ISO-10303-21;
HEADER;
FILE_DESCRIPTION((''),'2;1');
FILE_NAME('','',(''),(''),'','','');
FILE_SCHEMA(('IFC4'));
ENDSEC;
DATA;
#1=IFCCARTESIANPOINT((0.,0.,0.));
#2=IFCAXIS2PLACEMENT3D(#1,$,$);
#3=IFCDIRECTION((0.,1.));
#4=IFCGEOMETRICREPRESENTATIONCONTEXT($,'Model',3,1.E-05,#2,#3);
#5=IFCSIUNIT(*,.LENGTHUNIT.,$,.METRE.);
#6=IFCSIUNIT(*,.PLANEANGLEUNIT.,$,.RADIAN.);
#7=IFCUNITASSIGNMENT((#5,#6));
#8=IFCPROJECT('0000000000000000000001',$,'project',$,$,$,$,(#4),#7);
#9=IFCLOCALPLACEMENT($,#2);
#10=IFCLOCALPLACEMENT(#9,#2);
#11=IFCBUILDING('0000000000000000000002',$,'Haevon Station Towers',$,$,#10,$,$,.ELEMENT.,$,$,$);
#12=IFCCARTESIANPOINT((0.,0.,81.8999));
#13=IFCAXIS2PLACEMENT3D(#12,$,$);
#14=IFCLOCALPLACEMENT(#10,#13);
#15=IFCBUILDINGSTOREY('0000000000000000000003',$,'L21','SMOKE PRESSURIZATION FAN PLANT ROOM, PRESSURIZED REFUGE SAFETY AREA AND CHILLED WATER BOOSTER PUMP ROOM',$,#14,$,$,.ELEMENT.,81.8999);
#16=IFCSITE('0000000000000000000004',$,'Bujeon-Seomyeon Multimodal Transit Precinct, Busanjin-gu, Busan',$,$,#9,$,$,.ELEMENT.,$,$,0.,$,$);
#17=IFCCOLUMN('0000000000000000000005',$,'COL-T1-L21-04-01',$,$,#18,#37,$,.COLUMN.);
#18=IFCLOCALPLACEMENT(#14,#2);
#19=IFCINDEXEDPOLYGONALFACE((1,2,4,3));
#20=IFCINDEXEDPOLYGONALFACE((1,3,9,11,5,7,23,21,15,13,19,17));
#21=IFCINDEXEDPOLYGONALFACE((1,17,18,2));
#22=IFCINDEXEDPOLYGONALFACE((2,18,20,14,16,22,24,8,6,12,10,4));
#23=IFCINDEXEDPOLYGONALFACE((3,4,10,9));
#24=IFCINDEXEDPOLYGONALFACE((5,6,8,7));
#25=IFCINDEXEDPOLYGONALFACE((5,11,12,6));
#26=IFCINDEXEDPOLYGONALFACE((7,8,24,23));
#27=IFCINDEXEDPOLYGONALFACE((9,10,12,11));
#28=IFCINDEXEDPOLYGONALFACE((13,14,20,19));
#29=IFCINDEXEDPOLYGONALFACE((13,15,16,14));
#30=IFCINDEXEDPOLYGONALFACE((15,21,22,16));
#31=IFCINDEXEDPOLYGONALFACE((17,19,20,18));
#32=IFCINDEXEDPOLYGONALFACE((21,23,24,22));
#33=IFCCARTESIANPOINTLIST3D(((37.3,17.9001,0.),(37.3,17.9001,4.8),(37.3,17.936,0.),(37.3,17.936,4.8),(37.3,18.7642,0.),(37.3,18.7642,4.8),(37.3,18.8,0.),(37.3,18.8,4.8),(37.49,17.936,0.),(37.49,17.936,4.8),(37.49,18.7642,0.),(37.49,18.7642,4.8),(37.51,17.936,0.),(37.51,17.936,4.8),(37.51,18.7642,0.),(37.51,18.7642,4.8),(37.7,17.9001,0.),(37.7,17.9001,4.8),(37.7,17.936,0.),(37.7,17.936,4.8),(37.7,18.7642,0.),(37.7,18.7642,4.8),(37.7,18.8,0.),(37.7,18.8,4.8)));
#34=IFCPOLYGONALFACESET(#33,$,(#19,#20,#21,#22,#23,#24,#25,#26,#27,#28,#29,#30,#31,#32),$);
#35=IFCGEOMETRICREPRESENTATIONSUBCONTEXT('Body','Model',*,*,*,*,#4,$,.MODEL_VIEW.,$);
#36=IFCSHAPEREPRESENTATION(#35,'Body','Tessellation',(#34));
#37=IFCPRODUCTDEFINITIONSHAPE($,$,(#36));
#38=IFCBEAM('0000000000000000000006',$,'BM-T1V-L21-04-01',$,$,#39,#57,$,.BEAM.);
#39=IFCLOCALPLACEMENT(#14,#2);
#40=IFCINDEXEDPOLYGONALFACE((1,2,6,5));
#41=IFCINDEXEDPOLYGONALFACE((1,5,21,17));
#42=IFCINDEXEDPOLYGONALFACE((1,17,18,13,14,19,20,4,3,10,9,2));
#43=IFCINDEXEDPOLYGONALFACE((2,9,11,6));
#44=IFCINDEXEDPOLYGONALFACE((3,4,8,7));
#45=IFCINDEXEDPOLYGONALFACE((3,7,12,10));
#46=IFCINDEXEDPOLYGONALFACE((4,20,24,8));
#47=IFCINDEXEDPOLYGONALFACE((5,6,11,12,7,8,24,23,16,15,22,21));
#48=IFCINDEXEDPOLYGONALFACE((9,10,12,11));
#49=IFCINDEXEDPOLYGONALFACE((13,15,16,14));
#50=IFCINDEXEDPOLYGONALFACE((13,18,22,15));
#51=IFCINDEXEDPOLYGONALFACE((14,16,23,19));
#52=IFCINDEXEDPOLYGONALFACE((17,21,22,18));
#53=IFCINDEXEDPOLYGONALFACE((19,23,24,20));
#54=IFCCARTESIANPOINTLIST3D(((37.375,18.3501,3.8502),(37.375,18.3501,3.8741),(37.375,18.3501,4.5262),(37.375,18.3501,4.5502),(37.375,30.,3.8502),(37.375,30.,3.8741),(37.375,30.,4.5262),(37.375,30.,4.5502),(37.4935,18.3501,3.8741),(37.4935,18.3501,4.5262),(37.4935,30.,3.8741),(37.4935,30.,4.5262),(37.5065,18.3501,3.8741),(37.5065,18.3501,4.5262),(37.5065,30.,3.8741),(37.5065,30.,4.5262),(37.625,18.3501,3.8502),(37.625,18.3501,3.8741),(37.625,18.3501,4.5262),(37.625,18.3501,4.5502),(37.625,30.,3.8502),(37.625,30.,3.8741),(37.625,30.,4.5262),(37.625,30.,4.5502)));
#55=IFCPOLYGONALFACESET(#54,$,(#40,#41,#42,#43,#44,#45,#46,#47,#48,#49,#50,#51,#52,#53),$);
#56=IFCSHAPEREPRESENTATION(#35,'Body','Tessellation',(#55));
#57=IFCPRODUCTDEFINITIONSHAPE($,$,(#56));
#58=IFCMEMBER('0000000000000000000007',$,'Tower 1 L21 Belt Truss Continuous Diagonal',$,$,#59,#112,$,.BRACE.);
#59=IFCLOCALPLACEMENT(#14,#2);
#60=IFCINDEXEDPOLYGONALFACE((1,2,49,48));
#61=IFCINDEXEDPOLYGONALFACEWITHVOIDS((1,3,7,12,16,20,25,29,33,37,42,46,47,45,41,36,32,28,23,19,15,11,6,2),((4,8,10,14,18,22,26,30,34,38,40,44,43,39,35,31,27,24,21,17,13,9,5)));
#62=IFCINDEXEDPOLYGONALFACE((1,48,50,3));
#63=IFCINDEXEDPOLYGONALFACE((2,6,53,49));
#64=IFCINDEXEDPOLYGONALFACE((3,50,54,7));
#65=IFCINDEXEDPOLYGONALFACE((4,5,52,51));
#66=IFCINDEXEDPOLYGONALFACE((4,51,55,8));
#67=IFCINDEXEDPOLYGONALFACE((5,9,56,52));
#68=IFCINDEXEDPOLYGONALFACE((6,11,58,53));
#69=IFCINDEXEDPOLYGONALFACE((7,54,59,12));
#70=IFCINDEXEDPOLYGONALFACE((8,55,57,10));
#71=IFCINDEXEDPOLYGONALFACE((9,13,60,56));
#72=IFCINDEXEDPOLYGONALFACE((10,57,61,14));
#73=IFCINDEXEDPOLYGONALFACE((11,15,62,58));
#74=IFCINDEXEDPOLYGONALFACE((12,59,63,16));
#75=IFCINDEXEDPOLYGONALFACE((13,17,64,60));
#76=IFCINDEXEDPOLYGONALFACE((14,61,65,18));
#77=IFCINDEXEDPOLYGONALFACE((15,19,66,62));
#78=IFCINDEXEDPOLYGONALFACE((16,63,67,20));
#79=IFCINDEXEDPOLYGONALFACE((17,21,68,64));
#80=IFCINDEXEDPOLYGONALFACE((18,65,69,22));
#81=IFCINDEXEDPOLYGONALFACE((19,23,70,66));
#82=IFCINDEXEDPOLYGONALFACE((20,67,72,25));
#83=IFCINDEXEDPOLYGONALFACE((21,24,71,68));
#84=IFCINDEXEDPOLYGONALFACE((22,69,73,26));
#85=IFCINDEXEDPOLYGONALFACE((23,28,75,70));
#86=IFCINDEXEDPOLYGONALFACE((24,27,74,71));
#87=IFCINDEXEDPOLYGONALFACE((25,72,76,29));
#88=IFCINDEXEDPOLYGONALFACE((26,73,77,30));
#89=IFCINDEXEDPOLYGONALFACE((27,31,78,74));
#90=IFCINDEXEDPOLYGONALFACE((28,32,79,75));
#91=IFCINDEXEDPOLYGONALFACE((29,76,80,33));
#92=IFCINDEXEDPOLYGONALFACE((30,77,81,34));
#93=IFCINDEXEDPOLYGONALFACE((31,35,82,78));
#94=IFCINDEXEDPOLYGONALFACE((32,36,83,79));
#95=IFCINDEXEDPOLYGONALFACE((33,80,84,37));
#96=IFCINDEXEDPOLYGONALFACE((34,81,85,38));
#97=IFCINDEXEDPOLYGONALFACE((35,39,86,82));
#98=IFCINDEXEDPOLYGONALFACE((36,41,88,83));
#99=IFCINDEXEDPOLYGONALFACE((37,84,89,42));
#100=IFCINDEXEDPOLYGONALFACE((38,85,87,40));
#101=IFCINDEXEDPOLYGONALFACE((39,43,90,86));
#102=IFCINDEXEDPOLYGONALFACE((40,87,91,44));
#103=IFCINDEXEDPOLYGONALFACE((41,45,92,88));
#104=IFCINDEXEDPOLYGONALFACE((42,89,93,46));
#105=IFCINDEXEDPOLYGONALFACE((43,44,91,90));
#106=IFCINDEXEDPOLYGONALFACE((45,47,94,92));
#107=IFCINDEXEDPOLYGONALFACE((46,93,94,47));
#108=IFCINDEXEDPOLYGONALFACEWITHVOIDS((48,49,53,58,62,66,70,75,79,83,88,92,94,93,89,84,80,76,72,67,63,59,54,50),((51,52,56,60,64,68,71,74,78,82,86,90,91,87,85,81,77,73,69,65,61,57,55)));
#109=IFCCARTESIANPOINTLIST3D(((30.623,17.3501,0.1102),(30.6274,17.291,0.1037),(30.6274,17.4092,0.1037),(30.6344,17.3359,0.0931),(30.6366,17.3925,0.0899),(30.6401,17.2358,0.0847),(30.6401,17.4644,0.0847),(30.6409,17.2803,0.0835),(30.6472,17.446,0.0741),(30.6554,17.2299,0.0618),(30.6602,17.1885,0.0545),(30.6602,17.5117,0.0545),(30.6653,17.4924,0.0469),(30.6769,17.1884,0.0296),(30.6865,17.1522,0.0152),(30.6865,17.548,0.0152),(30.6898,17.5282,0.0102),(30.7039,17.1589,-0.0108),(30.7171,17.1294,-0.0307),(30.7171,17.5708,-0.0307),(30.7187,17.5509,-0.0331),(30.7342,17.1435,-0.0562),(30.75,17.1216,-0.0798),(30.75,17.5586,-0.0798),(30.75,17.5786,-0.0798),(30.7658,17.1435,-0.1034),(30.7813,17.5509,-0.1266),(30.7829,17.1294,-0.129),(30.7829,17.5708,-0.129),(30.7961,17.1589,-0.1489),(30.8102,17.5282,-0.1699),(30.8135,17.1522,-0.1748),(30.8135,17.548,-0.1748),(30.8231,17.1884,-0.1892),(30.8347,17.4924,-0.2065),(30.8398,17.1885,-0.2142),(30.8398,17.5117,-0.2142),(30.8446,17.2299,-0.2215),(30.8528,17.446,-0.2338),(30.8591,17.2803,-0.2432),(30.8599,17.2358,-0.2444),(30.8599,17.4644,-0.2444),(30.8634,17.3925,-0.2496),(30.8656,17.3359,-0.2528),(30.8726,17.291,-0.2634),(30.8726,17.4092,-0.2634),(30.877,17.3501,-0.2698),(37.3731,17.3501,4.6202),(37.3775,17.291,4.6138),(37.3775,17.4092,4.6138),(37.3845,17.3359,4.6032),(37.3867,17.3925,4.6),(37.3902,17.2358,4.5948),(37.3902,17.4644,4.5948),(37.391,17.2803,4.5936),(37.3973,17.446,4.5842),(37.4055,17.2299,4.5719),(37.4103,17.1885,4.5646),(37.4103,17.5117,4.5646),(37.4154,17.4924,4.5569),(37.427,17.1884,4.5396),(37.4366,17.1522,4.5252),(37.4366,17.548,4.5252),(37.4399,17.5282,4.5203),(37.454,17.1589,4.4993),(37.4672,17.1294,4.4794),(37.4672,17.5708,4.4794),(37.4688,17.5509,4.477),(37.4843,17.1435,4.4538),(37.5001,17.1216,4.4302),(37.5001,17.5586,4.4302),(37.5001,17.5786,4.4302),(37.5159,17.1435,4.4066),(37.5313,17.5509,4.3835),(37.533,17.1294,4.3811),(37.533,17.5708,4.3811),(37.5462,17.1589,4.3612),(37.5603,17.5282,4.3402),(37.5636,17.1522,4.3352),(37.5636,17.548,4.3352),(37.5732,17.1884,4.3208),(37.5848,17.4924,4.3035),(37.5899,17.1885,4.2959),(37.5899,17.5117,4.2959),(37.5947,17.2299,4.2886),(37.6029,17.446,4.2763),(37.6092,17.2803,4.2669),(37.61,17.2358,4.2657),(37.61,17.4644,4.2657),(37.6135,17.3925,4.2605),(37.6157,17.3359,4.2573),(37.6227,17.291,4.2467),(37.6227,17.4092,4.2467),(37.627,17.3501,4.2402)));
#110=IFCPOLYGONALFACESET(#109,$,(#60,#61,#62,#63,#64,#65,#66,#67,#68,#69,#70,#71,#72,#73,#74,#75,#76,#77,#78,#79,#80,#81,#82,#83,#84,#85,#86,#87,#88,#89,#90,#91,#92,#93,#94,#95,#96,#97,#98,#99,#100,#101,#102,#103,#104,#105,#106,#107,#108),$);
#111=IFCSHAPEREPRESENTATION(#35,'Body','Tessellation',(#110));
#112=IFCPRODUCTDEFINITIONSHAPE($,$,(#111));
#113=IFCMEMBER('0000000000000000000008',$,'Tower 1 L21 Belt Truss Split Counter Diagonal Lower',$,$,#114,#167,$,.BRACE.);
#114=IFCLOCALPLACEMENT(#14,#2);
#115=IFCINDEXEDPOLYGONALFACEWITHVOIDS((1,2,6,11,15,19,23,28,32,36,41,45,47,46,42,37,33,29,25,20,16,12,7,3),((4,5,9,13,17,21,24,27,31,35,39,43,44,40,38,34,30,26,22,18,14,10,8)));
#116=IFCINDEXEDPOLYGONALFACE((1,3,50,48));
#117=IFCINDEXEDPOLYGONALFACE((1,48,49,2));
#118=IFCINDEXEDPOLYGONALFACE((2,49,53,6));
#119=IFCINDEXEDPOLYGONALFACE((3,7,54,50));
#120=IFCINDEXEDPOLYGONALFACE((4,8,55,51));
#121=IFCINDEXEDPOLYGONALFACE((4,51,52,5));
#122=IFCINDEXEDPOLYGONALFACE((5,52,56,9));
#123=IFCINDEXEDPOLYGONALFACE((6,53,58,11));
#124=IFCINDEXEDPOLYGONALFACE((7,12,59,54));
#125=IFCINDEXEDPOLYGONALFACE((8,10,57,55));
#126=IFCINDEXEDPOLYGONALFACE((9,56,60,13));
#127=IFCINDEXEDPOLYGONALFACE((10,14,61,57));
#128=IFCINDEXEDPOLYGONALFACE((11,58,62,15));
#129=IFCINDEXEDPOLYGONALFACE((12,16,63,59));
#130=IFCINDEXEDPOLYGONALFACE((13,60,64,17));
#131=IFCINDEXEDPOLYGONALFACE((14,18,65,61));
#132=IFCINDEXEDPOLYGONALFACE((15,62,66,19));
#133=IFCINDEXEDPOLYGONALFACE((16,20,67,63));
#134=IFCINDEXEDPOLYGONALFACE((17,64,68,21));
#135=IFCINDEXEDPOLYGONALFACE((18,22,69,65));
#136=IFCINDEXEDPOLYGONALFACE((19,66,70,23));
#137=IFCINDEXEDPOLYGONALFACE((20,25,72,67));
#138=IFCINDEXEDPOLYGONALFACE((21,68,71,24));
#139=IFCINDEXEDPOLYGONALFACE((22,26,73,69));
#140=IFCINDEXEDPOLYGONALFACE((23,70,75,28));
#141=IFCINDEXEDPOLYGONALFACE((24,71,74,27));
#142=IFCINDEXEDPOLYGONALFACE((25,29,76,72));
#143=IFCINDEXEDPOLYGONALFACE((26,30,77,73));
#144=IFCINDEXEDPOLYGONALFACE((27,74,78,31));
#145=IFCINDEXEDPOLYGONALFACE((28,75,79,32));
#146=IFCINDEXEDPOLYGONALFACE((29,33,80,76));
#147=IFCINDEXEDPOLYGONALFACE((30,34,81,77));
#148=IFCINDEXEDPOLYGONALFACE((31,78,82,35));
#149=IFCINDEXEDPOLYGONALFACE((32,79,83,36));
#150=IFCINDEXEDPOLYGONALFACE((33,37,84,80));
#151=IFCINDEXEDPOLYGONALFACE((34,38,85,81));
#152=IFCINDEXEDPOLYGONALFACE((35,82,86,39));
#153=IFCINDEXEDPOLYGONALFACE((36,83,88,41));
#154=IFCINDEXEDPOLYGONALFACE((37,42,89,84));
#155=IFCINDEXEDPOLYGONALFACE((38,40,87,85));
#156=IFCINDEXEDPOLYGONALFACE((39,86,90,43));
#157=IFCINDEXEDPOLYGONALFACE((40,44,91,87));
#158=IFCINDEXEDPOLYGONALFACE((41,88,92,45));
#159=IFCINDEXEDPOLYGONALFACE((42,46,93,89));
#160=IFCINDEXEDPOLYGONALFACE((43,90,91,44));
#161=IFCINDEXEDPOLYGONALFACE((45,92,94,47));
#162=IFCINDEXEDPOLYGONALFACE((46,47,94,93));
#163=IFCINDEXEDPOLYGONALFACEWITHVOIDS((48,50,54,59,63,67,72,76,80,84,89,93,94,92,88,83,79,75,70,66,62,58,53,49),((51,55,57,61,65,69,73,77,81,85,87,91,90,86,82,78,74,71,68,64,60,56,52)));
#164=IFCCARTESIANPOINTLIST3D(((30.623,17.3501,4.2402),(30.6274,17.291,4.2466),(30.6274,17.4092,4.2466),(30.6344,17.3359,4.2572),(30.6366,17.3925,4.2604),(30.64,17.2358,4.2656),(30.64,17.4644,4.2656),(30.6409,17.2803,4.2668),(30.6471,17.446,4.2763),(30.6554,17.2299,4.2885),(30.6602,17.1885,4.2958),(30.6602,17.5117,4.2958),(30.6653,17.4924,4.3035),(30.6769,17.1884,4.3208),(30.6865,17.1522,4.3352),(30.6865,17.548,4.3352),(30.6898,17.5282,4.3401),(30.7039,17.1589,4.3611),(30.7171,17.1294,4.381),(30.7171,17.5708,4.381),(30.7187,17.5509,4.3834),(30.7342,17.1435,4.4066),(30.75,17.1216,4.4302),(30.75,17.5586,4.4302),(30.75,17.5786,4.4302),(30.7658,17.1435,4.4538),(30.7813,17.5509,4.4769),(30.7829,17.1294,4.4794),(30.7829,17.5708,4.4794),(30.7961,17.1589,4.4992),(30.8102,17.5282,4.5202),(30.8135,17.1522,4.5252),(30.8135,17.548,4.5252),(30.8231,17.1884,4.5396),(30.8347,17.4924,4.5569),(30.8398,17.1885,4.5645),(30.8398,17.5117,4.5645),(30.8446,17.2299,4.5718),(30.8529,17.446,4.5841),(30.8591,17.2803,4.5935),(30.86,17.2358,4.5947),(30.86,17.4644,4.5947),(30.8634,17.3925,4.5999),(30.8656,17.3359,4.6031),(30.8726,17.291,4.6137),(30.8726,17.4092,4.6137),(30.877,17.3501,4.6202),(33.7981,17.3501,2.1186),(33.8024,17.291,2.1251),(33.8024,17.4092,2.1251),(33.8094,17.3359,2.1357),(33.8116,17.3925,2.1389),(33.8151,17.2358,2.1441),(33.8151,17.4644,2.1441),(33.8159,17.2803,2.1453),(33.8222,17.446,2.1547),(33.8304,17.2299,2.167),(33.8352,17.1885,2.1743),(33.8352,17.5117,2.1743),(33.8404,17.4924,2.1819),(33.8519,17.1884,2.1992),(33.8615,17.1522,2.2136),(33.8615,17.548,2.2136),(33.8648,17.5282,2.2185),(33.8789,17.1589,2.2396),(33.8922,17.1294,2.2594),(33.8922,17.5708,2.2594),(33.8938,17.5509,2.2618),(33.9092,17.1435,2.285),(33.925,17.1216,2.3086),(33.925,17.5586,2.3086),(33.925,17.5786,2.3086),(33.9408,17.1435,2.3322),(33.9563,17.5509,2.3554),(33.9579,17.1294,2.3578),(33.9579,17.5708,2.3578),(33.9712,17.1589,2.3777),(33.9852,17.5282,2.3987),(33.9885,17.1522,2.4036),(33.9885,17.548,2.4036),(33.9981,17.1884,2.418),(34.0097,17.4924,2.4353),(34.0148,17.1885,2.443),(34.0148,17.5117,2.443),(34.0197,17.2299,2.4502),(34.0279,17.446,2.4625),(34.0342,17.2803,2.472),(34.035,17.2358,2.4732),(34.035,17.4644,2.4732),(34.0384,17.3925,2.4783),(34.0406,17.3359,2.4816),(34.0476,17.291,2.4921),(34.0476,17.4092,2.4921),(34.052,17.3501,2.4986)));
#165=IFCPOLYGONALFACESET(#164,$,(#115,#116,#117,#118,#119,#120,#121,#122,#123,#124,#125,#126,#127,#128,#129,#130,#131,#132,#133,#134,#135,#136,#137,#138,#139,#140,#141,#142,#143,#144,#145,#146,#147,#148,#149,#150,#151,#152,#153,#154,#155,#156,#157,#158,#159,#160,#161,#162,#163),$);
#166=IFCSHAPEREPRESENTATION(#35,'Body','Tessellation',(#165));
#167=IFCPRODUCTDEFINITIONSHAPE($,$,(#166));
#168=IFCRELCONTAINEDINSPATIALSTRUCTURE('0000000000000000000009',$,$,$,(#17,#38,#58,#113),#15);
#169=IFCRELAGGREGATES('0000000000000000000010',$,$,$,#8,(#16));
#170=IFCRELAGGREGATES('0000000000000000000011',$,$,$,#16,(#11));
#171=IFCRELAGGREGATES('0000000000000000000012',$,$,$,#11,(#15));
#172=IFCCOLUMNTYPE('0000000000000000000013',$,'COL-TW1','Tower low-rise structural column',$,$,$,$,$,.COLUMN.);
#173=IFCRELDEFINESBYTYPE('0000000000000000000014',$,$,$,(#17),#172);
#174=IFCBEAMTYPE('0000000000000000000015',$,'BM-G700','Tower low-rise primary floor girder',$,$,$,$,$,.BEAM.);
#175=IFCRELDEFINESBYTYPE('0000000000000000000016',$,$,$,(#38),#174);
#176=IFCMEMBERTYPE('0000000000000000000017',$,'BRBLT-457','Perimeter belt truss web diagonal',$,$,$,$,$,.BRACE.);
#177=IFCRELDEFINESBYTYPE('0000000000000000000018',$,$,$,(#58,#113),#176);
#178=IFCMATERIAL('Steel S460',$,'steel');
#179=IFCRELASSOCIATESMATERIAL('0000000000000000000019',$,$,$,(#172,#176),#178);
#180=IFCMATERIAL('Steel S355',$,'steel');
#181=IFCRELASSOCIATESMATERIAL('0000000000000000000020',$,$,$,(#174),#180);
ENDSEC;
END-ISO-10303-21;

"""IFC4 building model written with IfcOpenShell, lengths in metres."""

from ifc_helpers import new_model, si_unit, direction, frame, origin, origin_2d, place, context, subcontext, project, spatial, hollow_circle, i_section, extrude, material, material_profile, profile_set, type_object, element, save


model = new_model("IFC4")

# Units and contexts
model_context = context("Model", 3, precision=1e-05, world=origin(), true_north=direction((0.0, 1.0)))
body_context = subcontext(model_context, "Body", "Model", "MODEL_VIEW")
ifc_project = project(units=[si_unit("LENGTHUNIT", "METRE"), si_unit("PLANEANGLEUNIT", "RADIAN")], contexts=[model_context])

# Site, building, storey
site_placement = place(None, origin())
site = spatial("IfcSite", under=ifc_project, at=site_placement, Name="Bujeon-Seomyeon Multimodal Transit Precinct, Busanjin-gu, Busan", CompositionType="ELEMENT", RefElevation=0.0)
building_placement = place(site_placement, origin())
building = spatial("IfcBuilding", under=site, at=building_placement, Name="Haevon Station Towers", CompositionType="ELEMENT")
storey_placement = place(building_placement, frame((0.0, 0.0, 81.8999)))
storey = spatial("IfcBuildingStorey", under=building, at=storey_placement, Name="L21", Description="SMOKE PRESSURIZATION FAN PLANT ROOM, PRESSURIZED REFUGE SAFETY AREA AND CHILLED WATER BOOSTER PUMP ROOM", CompositionType="ELEMENT", Elevation=81.8999)

# Column
ifc_material_1 = material(Name="Steel S460", Category="steel")
ifc_material_profile_1 = material_profile(ifc_material_1, i_section(OverallWidth=0.3999, OverallDepth=0.8999, WebThickness=0.02, FlangeThickness=0.0359, at=origin_2d()), Name="H-900x400x20x36")
ifc_profile_set_1 = profile_set([ifc_material_profile_1], Name="Steel S460")
column_type = type_object("IfcColumnType", Name="COL-TW1", Description="Tower low-rise structural column", PredefinedType="COLUMN", material=ifc_profile_set_1)
column_placement = place(storey_placement, frame((37.5, 18.3501, 0.0), z_axis=(0.0, 0.0, 1.0), x_axis=(1.0, 0.0, 0.0)))
element("IfcColumn", 1, at=column_placement, inside=storey, type_object=column_type, Name="COL-T1-L21-04-01", PredefinedType="COLUMN", context=body_context, shape_type="SweptSolid", body=[
    extrude(i_section(OverallWidth=0.3999, OverallDepth=0.8999, WebThickness=0.02, FlangeThickness=0.0359, at=origin_2d()), origin(), (0.0, 0.0, 1.0), 4.8),
])

# Beam
ifc_material_2 = material(Name="Steel S355", Category="steel")
ifc_material_profile_2 = material_profile(ifc_material_2, i_section(OverallWidth=0.25, OverallDepth=0.7, WebThickness=0.0129, FlangeThickness=0.0239, at=origin_2d()), Name="H-700x250x13x24")
ifc_profile_set_2 = profile_set([ifc_material_profile_2], Name="Steel S355")
beam_type = type_object("IfcBeamType", Name="BM-G700", Description="Tower low-rise primary floor girder", PredefinedType="BEAM", material=ifc_profile_set_2)
beam_placement = place(storey_placement, frame((37.5, 18.3501, 4.2002), z_axis=(0.0, 1.0, 0.0), x_axis=(-1.0, 0.0, 0.0)))
element("IfcBeam", 2, at=beam_placement, inside=storey, type_object=beam_type, Name="BM-T1V-L21-04-01", PredefinedType="BEAM", context=body_context, shape_type="SweptSolid", body=[
    extrude(i_section(OverallWidth=0.25, OverallDepth=0.7, WebThickness=0.0129, FlangeThickness=0.0239, at=origin_2d()), origin(), (0.0, 0.0, 1.0), 11.6499),
])

# Members
ifc_material_profile_3 = material_profile(ifc_material_1, hollow_circle(Radius=0.2285, WallThickness=0.02, at=origin_2d()), Name="CHS-457x20")
ifc_profile_set_3 = profile_set([ifc_material_profile_3], Name="Steel S460")
member_type_1 = type_object("IfcMemberType", Name="BRBLT-457", Description="Perimeter belt truss web diagonal", PredefinedType="BRACE", material=ifc_profile_set_3)
member_1_placement = place(storey_placement, frame((30.75, 17.3501, -0.0798), z_axis=(0.831481, 0.0, 0.555554), x_axis=(0.0, 1.0, 0.0)))
element("IfcMember", 3, at=member_1_placement, inside=storey, type_object=member_type_1, Name="Tower 1 L21 Belt Truss Continuous Diagonal", PredefinedType="BRACE", context=body_context, shape_type="SweptSolid", body=[
    extrude(hollow_circle(Radius=0.2285, WallThickness=0.02, at=origin_2d()), origin(), (0.0, 0.0, 1.0), 8.1182),
])
for number, where, z_axis, x_axis, name in (
    (4, (30.75, 17.3501, 4.4302), (0.83146, 0.0, -0.555585), (0.0, 1.0, 0.0), "Tower 1 L21 Belt Truss Split Counter Diagonal Lower"),
):
    element("IfcMember", number, at=place(storey_placement, frame(where, z_axis=z_axis, x_axis=x_axis)), inside=storey, type_object=member_type_1, Name=name, PredefinedType="BRACE", context=body_context, shape_type="SweptSolid", body=[
        extrude(hollow_circle(Radius=0.2285, WallThickness=0.02, at=origin_2d()), origin(), (0.0, 0.0, 1.0), 3.8186),
    ])

save(model, "model.ifc")
